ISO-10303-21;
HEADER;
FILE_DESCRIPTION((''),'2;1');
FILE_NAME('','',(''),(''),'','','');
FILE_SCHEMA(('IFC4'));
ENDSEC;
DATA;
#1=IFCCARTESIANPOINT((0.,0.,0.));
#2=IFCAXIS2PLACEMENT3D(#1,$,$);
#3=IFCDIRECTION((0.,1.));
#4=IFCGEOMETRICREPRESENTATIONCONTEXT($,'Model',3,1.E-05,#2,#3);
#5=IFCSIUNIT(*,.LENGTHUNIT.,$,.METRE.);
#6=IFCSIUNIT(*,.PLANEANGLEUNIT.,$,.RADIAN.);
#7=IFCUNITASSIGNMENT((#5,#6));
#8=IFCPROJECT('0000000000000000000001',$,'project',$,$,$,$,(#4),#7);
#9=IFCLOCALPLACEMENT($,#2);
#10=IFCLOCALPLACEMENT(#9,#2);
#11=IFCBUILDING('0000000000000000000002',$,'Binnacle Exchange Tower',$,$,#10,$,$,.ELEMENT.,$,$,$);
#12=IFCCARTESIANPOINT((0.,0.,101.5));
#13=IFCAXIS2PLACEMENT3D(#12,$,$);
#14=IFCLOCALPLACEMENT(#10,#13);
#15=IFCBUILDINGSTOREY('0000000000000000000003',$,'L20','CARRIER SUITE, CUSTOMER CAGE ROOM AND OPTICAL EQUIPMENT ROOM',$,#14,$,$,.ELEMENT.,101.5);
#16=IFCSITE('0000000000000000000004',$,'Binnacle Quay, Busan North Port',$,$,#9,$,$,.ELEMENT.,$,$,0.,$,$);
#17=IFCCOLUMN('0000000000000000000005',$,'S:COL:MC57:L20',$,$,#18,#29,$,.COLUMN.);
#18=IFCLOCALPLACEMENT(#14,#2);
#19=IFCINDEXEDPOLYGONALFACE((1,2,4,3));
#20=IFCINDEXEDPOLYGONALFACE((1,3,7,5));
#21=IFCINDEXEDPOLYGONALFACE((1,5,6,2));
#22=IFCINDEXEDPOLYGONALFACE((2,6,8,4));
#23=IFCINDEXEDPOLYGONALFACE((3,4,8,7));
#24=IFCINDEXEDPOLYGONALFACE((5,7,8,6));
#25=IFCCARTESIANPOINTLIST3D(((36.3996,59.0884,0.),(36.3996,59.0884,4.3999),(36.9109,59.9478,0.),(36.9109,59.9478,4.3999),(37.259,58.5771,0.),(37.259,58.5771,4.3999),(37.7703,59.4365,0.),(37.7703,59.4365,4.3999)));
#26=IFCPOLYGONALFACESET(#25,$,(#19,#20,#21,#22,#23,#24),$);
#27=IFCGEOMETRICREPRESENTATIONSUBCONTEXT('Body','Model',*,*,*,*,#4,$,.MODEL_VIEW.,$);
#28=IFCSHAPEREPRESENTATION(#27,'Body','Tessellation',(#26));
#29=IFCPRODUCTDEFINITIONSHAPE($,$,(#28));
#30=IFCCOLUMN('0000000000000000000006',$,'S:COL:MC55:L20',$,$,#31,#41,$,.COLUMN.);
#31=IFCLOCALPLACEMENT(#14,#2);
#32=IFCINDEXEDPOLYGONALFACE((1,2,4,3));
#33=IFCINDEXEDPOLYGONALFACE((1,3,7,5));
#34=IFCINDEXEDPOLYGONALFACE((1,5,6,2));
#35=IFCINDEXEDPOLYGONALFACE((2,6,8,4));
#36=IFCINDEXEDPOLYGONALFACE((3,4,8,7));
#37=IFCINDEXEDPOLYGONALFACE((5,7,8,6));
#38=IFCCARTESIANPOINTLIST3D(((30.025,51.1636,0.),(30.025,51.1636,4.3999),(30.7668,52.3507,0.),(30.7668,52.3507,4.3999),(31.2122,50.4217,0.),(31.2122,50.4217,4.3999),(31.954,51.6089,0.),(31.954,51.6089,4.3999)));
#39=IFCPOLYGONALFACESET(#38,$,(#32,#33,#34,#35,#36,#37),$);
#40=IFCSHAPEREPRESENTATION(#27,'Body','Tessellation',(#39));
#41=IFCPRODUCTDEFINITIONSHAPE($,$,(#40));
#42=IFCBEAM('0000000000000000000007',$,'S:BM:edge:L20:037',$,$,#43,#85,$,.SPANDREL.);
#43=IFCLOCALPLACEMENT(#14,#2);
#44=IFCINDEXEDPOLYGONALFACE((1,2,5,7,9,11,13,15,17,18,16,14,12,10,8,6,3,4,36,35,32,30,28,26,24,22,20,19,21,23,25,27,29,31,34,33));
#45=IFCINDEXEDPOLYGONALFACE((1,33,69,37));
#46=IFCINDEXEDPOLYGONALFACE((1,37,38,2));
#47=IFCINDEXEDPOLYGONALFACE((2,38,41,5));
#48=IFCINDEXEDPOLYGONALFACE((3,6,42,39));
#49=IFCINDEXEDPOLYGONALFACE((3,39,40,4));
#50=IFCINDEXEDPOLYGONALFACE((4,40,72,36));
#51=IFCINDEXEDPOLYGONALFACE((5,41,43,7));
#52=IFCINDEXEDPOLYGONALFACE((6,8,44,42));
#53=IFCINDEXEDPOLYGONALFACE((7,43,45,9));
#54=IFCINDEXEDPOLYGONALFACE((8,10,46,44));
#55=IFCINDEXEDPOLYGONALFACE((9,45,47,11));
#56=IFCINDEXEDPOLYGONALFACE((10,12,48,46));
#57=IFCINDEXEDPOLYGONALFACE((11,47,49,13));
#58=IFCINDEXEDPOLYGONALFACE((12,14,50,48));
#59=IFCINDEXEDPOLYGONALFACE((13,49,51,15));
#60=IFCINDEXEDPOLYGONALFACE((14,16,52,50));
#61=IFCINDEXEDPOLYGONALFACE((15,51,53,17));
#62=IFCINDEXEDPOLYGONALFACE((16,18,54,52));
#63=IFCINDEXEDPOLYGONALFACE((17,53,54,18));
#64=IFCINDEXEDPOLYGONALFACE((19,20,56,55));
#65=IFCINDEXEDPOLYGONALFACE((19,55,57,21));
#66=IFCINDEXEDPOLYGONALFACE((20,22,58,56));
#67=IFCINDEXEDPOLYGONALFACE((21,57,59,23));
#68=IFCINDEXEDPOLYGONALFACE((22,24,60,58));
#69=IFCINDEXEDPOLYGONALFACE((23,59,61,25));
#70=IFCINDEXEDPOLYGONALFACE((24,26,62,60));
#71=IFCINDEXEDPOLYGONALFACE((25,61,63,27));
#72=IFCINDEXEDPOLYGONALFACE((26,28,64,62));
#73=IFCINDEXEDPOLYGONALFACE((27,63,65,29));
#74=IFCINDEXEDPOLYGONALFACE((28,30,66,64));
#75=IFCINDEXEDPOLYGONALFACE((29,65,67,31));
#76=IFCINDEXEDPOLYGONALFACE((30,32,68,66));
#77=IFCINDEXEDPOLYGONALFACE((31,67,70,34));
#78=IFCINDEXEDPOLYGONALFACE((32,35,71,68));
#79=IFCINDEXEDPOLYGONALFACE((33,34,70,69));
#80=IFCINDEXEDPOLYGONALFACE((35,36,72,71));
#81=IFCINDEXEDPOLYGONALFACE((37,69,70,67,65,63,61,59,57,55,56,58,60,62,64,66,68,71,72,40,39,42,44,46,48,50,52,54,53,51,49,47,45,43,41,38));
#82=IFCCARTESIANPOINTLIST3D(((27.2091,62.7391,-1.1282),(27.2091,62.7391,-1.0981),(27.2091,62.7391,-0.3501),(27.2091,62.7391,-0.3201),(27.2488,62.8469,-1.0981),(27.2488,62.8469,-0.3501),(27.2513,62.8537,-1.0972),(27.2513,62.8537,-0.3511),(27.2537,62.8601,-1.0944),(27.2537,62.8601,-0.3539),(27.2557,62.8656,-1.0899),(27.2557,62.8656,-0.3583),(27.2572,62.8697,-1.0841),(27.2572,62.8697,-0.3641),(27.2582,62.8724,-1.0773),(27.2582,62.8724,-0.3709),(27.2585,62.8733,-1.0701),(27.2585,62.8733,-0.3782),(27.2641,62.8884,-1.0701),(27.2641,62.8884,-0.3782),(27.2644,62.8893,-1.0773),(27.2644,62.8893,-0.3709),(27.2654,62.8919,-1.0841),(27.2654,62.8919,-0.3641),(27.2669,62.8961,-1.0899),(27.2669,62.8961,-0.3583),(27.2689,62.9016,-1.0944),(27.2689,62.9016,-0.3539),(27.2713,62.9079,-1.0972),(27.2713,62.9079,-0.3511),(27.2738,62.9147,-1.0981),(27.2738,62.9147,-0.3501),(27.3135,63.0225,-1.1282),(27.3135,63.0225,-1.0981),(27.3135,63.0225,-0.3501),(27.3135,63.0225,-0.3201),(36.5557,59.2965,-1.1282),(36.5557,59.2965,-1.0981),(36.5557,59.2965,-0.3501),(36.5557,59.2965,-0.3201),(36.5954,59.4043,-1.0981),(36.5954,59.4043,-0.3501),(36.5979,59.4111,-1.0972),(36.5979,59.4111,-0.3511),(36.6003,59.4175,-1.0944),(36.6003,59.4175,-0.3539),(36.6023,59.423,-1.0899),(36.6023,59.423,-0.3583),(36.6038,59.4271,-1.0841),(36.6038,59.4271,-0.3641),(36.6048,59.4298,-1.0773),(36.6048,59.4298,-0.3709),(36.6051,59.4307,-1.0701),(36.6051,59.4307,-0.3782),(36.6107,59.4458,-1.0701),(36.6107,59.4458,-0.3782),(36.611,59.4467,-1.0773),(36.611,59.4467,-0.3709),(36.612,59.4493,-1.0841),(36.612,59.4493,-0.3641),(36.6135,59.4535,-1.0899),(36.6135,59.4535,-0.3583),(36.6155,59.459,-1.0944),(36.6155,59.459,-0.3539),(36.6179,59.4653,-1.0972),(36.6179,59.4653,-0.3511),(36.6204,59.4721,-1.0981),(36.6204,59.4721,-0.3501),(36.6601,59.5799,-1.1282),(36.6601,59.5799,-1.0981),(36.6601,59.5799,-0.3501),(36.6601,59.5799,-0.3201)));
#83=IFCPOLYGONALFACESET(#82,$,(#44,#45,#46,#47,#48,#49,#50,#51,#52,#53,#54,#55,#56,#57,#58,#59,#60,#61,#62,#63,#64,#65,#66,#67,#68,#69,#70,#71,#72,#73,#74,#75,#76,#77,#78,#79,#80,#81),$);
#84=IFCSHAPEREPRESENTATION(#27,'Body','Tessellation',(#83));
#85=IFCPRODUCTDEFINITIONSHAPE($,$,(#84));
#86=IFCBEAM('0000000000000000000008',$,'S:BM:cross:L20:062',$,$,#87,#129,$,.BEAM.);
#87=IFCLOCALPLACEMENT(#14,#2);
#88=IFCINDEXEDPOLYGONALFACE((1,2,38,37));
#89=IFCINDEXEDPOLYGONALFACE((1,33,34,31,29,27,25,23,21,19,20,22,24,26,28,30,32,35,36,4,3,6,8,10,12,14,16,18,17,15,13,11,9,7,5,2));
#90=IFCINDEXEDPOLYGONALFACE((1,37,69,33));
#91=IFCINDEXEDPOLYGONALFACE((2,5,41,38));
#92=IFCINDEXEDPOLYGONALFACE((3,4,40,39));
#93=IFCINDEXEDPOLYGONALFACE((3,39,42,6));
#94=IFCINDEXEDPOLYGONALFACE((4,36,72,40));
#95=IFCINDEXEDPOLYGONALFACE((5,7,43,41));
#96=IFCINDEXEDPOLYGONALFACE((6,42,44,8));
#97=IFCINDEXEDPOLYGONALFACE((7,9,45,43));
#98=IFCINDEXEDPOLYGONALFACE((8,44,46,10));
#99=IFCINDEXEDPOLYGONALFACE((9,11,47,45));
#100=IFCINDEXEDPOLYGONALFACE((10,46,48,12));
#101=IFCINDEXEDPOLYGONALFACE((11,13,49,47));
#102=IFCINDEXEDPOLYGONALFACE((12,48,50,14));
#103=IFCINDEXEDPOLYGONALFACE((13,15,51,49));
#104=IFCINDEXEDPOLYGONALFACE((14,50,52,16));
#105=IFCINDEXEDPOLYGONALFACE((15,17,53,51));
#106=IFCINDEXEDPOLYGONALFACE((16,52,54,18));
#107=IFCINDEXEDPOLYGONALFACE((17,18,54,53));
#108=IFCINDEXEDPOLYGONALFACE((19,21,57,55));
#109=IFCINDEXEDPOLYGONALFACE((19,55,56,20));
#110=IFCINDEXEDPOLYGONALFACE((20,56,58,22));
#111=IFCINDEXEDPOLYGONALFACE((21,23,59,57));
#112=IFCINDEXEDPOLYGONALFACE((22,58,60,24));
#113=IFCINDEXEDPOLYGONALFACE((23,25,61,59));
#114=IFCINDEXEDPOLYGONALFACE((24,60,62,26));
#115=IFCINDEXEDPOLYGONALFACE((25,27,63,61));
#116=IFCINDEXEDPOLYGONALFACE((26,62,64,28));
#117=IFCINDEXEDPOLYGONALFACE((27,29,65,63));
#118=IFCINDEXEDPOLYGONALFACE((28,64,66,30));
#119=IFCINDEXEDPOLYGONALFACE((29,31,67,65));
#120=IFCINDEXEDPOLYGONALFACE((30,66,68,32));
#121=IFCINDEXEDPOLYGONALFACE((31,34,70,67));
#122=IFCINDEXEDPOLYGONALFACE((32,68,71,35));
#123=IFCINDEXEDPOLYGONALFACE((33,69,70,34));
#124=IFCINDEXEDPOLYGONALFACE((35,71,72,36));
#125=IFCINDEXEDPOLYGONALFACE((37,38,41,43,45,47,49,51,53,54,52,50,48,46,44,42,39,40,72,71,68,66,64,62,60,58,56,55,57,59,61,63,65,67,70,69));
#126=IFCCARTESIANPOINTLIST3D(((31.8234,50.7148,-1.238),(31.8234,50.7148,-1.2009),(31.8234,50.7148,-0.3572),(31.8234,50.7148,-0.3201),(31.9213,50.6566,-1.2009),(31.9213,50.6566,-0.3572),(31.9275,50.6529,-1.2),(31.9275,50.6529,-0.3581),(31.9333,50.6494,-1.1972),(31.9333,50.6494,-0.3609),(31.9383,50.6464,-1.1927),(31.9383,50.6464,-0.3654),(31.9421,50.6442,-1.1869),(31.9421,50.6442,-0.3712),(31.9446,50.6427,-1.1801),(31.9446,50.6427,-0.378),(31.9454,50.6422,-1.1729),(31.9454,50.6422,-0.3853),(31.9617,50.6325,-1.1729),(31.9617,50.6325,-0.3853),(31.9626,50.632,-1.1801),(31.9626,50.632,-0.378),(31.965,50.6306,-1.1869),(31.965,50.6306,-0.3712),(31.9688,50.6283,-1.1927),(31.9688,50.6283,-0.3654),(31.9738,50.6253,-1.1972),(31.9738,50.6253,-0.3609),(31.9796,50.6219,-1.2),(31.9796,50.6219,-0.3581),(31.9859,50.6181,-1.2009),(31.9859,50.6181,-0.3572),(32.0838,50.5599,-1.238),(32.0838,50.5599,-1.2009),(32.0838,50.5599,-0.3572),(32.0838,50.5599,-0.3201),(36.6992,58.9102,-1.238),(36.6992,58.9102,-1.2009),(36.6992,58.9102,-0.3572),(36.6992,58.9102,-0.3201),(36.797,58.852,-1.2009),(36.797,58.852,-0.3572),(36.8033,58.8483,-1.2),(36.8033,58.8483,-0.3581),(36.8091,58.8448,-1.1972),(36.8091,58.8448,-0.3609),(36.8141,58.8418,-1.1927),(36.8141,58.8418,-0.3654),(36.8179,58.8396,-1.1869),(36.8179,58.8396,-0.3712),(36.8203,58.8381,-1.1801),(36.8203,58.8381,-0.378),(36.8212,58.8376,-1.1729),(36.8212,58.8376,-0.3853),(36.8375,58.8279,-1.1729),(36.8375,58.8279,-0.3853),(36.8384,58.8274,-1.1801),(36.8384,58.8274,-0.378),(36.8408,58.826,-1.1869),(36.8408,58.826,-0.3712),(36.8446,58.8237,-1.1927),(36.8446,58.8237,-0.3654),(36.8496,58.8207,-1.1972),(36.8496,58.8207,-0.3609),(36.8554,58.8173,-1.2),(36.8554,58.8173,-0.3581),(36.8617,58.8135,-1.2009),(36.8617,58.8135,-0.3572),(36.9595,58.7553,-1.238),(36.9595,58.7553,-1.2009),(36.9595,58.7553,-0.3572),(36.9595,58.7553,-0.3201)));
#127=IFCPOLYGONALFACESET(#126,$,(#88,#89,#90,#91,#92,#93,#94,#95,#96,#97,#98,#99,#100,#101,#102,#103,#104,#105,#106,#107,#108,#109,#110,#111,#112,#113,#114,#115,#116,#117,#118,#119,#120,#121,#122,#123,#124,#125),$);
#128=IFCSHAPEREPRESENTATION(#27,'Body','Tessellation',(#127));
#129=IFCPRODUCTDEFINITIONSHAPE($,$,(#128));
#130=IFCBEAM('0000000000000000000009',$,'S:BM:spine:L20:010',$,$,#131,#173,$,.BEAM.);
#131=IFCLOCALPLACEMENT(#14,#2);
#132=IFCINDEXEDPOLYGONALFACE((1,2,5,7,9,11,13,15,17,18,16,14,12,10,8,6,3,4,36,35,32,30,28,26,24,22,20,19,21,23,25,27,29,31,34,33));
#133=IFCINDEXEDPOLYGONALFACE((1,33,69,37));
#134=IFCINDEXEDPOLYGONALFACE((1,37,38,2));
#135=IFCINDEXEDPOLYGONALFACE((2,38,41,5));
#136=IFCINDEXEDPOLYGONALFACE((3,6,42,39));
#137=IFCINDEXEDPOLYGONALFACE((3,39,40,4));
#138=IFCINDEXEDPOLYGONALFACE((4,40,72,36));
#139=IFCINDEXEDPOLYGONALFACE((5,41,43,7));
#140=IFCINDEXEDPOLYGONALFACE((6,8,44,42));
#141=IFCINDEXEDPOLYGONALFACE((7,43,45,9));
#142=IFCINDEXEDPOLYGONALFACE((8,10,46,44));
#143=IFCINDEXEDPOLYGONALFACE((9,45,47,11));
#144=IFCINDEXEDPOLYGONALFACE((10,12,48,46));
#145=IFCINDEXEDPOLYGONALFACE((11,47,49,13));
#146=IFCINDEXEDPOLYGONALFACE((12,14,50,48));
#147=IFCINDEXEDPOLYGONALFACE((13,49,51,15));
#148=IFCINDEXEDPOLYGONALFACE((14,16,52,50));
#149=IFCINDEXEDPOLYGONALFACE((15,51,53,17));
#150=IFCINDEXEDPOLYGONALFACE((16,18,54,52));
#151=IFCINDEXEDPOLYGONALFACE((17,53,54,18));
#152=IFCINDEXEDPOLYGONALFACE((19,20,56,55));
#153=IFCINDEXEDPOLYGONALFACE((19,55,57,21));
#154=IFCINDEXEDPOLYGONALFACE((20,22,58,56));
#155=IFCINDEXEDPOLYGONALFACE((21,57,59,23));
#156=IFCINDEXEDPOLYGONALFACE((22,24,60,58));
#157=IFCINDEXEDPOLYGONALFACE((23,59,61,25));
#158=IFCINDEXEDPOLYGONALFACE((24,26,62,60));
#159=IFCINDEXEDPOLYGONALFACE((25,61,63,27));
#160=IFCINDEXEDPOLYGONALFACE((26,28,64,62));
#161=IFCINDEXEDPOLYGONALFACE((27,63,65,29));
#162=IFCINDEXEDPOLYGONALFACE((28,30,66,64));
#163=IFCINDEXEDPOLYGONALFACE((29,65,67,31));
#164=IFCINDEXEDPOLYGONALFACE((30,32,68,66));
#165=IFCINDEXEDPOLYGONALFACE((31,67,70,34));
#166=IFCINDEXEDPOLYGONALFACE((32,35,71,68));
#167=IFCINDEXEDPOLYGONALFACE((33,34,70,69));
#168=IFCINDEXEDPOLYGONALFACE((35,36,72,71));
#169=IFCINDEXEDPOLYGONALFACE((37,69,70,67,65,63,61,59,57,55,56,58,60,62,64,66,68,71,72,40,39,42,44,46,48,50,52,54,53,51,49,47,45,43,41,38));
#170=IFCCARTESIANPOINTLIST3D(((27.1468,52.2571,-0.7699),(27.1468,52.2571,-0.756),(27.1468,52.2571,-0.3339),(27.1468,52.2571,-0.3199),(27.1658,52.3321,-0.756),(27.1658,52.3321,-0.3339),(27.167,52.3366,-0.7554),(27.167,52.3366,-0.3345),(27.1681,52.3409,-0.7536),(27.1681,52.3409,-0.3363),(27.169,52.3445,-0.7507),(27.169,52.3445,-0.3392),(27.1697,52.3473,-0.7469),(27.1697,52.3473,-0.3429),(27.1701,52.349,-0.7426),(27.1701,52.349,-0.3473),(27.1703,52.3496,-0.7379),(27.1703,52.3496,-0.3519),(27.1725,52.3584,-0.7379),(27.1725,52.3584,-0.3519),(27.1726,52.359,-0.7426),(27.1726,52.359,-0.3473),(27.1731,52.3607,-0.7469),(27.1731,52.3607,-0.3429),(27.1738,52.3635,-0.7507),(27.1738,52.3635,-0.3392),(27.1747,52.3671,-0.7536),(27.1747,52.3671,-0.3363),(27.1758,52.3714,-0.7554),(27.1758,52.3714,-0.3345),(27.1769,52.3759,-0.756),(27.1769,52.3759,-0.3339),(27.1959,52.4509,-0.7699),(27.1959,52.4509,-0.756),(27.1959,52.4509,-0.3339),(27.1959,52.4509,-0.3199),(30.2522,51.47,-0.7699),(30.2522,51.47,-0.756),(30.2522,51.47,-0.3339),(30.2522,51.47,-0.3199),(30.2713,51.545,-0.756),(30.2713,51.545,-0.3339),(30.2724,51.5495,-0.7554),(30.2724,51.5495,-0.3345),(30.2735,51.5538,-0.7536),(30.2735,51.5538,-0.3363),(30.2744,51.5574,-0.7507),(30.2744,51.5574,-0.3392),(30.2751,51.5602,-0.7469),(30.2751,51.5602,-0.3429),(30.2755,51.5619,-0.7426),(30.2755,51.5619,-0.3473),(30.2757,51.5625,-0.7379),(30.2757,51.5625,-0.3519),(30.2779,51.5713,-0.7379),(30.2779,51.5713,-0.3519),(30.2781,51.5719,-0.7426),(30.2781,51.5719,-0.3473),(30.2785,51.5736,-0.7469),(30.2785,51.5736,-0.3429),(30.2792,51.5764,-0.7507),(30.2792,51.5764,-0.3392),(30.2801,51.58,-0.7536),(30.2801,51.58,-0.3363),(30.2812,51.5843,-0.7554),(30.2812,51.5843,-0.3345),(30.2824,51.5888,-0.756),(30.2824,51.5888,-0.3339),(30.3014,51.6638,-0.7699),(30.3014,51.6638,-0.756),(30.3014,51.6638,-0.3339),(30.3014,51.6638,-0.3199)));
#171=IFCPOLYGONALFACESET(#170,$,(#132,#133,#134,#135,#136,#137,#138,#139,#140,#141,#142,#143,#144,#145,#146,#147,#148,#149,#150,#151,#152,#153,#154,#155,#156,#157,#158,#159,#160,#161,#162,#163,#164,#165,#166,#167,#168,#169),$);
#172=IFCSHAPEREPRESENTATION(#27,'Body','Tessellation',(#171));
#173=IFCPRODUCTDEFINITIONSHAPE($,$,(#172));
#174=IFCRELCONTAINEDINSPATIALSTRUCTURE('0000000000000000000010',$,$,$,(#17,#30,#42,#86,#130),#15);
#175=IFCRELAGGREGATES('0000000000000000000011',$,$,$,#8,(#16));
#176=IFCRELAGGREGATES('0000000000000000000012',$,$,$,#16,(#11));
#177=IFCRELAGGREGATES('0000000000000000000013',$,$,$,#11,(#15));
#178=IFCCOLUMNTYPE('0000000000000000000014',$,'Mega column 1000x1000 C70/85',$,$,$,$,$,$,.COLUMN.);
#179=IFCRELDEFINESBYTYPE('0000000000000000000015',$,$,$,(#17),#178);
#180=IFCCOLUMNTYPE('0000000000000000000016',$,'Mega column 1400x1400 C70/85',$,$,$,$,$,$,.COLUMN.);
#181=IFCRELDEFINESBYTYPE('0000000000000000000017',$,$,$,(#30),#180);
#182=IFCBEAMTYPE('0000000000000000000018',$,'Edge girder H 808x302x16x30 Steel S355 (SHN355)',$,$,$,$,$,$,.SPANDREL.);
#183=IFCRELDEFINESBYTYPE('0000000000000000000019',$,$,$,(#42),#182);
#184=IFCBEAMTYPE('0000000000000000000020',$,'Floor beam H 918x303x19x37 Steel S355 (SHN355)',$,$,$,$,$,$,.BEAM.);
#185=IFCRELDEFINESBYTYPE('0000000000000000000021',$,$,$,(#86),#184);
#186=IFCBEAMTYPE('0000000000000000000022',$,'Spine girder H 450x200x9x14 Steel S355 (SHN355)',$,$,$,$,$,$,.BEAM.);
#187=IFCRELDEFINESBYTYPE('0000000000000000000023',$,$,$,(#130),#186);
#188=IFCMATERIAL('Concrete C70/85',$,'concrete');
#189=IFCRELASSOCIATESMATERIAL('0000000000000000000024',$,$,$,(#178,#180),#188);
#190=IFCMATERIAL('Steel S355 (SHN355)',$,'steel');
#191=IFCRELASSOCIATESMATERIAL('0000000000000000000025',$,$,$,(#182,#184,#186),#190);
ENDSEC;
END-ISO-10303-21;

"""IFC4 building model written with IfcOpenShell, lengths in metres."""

from ifc_helpers import new_model, si_unit, direction, frame, origin, origin_2d, place, context, subcontext, project, spatial, rectangle, i_section, extrude, material, material_profile, profile_set, type_object, element, save


model = new_model("IFC4")

# Units and contexts
model_context = context("Model", 3, precision=1e-05, world=origin(), true_north=direction((0.0, 1.0)))
body_context = subcontext(model_context, "Body", "Model", "MODEL_VIEW")
ifc_project = project(units=[si_unit("LENGTHUNIT", "METRE"), si_unit("PLANEANGLEUNIT", "RADIAN")], contexts=[model_context])

# Site, building, storey
site_placement = place(None, origin())
site = spatial("IfcSite", under=ifc_project, at=site_placement, Name="Binnacle Quay, Busan North Port", CompositionType="ELEMENT", RefElevation=0.0)
building_placement = place(site_placement, origin())
building = spatial("IfcBuilding", under=site, at=building_placement, Name="Binnacle Exchange Tower", CompositionType="ELEMENT")
storey_placement = place(building_placement, frame((0.0, 0.0, 101.5)))
storey = spatial("IfcBuildingStorey", under=building, at=storey_placement, Name="L20", Description="CARRIER SUITE, CUSTOMER CAGE ROOM AND OPTICAL EQUIPMENT ROOM", CompositionType="ELEMENT", Elevation=101.5)

# Columns
ifc_material_1 = material(Name="Concrete C70/85", Category="concrete")
ifc_material_profile_1 = material_profile(ifc_material_1, rectangle(XDim=1.0, YDim=1.0, at=origin_2d()), Name="Mega column 1000x1000 C70/85")
ifc_profile_set_1 = profile_set([ifc_material_profile_1], Name="Concrete C70/85")
column_type_1 = type_object("IfcColumnType", Name="Mega column 1000x1000 C70/85", PredefinedType="COLUMN", material=ifc_profile_set_1)
column_1_placement = place(storey_placement, frame((37.085, 59.2625, 0.0), z_axis=(0.0, 0.0, 1.0), x_axis=(-0.859406, 0.511293, 0.0)))
element("IfcColumn", 1, at=column_1_placement, inside=storey, type_object=column_type_1, Name="S:COL:MC57:L20", PredefinedType="COLUMN", context=body_context, shape_type="SweptSolid", body=[
    extrude(rectangle(XDim=1.0, YDim=1.0, at=origin_2d()), origin(), (0.0, 0.0, 1.0), 4.3999),
])
ifc_material_profile_2 = material_profile(ifc_material_1, rectangle(XDim=1.3999, YDim=1.3999, at=origin_2d()), Name="Mega column 1400x1400 C70/85")
ifc_profile_set_2 = profile_set([ifc_material_profile_2], Name="Concrete C70/85")
column_type_2 = type_object("IfcColumnType", Name="Mega column 1400x1400 C70/85", PredefinedType="COLUMN", material=ifc_profile_set_2)
column_2_placement = place(storey_placement, frame((30.9895, 51.3862, 0.0), z_axis=(0.0, 0.0, 1.0), x_axis=(0.529919, 0.848048, 0.0)))
element("IfcColumn", 2, at=column_2_placement, inside=storey, type_object=column_type_2, Name="S:COL:MC55:L20", PredefinedType="COLUMN", context=body_context, shape_type="SweptSolid", body=[
    extrude(rectangle(XDim=1.3999, YDim=1.3999, at=origin_2d()), origin(), (0.0, 0.0, 1.0), 4.3999),
])

# Beams
ifc_material_2 = material(Name="Steel S355 (SHN355)", Category="steel")
ifc_material_profile_3 = material_profile(ifc_material_2, i_section(OverallWidth=0.302, OverallDepth=0.8081, WebThickness=0.0161, FlangeThickness=0.03, FilletRadius=0.0281, at=origin_2d()), Name="H 808x302x16x30")
ifc_profile_set_3 = profile_set([ifc_material_profile_3], Name="Steel S355 (SHN355)")
beam_type_1 = type_object("IfcBeamType", Name="Edge girder H 808x302x16x30 Steel S355 (SHN355)", PredefinedType="SPANDREL", material=ifc_profile_set_3)
beam_1_placement = place(storey_placement, frame((36.6079, 59.4382, -0.7241), z_axis=(-0.938372, 0.345627, 0.0), x_axis=(-0.345627, -0.938372, 0.0)))
element("IfcBeam", 3, at=beam_1_placement, inside=storey, type_object=beam_type_1, Name="S:BM:edge:L20:037", PredefinedType="SPANDREL", context=body_context, shape_type="SweptSolid", body=[
    extrude(i_section(OverallWidth=0.302, OverallDepth=0.8081, WebThickness=0.0161, FlangeThickness=0.03, FilletRadius=0.0281, at=origin_2d()), origin(), (0.0, 0.0, 1.0), 9.9604),
])
ifc_material_profile_4 = material_profile(ifc_material_2, i_section(OverallWidth=0.303, OverallDepth=0.918, WebThickness=0.019, FlangeThickness=0.0371, FilletRadius=0.0281, at=origin_2d()), Name="H 918x303x19x37")
ifc_profile_set_4 = profile_set([ifc_material_profile_4], Name="Steel S355 (SHN355)")
beam_type_2 = type_object("IfcBeamType", Name="Floor beam H 918x303x19x37 Steel S355 (SHN355)", PredefinedType="BEAM", material=ifc_profile_set_4)
beam_2_placement = place(storey_placement, frame((36.8293, 58.8328, -0.7791), z_axis=(-0.511296, -0.859405, 0.0), x_axis=(0.859405, -0.511296, 0.0)))
element("IfcBeam", 4, at=beam_2_placement, inside=storey, type_object=beam_type_2, Name="S:BM:cross:L20:062", PredefinedType="BEAM", context=body_context, shape_type="SweptSolid", body=[
    extrude(i_section(OverallWidth=0.303, OverallDepth=0.918, WebThickness=0.019, FlangeThickness=0.0371, FilletRadius=0.0281, at=origin_2d()), origin(), (0.0, 0.0, 1.0), 9.5361),
])
ifc_material_profile_5 = material_profile(ifc_material_2, i_section(OverallWidth=0.2, OverallDepth=0.45, WebThickness=0.009, FlangeThickness=0.0139, FilletRadius=0.0181, at=origin_2d()), Name="H 450x200x9x14")
ifc_profile_set_5 = profile_set([ifc_material_profile_5], Name="Steel S355 (SHN355)")
beam_type_3 = type_object("IfcBeamType", Name="Spine girder H 450x200x9x14 Steel S355 (SHN355)", PredefinedType="BEAM", material=ifc_profile_set_5)
beam_3_placement = place(storey_placement, frame((27.1714, 52.354, -0.5449), z_axis=(0.969348, -0.24569, 0.0), x_axis=(0.24569, 0.969348, 0.0)))
element("IfcBeam", 5, at=beam_3_placement, inside=storey, type_object=beam_type_3, Name="S:BM:spine:L20:010", PredefinedType="BEAM", context=body_context, shape_type="SweptSolid", body=[
    extrude(i_section(OverallWidth=0.2, OverallDepth=0.45, WebThickness=0.009, FlangeThickness=0.0139, FilletRadius=0.0181, at=origin_2d()), origin(), (0.0, 0.0, 1.0), 3.2036),
])

save(model, "model.ifc")
